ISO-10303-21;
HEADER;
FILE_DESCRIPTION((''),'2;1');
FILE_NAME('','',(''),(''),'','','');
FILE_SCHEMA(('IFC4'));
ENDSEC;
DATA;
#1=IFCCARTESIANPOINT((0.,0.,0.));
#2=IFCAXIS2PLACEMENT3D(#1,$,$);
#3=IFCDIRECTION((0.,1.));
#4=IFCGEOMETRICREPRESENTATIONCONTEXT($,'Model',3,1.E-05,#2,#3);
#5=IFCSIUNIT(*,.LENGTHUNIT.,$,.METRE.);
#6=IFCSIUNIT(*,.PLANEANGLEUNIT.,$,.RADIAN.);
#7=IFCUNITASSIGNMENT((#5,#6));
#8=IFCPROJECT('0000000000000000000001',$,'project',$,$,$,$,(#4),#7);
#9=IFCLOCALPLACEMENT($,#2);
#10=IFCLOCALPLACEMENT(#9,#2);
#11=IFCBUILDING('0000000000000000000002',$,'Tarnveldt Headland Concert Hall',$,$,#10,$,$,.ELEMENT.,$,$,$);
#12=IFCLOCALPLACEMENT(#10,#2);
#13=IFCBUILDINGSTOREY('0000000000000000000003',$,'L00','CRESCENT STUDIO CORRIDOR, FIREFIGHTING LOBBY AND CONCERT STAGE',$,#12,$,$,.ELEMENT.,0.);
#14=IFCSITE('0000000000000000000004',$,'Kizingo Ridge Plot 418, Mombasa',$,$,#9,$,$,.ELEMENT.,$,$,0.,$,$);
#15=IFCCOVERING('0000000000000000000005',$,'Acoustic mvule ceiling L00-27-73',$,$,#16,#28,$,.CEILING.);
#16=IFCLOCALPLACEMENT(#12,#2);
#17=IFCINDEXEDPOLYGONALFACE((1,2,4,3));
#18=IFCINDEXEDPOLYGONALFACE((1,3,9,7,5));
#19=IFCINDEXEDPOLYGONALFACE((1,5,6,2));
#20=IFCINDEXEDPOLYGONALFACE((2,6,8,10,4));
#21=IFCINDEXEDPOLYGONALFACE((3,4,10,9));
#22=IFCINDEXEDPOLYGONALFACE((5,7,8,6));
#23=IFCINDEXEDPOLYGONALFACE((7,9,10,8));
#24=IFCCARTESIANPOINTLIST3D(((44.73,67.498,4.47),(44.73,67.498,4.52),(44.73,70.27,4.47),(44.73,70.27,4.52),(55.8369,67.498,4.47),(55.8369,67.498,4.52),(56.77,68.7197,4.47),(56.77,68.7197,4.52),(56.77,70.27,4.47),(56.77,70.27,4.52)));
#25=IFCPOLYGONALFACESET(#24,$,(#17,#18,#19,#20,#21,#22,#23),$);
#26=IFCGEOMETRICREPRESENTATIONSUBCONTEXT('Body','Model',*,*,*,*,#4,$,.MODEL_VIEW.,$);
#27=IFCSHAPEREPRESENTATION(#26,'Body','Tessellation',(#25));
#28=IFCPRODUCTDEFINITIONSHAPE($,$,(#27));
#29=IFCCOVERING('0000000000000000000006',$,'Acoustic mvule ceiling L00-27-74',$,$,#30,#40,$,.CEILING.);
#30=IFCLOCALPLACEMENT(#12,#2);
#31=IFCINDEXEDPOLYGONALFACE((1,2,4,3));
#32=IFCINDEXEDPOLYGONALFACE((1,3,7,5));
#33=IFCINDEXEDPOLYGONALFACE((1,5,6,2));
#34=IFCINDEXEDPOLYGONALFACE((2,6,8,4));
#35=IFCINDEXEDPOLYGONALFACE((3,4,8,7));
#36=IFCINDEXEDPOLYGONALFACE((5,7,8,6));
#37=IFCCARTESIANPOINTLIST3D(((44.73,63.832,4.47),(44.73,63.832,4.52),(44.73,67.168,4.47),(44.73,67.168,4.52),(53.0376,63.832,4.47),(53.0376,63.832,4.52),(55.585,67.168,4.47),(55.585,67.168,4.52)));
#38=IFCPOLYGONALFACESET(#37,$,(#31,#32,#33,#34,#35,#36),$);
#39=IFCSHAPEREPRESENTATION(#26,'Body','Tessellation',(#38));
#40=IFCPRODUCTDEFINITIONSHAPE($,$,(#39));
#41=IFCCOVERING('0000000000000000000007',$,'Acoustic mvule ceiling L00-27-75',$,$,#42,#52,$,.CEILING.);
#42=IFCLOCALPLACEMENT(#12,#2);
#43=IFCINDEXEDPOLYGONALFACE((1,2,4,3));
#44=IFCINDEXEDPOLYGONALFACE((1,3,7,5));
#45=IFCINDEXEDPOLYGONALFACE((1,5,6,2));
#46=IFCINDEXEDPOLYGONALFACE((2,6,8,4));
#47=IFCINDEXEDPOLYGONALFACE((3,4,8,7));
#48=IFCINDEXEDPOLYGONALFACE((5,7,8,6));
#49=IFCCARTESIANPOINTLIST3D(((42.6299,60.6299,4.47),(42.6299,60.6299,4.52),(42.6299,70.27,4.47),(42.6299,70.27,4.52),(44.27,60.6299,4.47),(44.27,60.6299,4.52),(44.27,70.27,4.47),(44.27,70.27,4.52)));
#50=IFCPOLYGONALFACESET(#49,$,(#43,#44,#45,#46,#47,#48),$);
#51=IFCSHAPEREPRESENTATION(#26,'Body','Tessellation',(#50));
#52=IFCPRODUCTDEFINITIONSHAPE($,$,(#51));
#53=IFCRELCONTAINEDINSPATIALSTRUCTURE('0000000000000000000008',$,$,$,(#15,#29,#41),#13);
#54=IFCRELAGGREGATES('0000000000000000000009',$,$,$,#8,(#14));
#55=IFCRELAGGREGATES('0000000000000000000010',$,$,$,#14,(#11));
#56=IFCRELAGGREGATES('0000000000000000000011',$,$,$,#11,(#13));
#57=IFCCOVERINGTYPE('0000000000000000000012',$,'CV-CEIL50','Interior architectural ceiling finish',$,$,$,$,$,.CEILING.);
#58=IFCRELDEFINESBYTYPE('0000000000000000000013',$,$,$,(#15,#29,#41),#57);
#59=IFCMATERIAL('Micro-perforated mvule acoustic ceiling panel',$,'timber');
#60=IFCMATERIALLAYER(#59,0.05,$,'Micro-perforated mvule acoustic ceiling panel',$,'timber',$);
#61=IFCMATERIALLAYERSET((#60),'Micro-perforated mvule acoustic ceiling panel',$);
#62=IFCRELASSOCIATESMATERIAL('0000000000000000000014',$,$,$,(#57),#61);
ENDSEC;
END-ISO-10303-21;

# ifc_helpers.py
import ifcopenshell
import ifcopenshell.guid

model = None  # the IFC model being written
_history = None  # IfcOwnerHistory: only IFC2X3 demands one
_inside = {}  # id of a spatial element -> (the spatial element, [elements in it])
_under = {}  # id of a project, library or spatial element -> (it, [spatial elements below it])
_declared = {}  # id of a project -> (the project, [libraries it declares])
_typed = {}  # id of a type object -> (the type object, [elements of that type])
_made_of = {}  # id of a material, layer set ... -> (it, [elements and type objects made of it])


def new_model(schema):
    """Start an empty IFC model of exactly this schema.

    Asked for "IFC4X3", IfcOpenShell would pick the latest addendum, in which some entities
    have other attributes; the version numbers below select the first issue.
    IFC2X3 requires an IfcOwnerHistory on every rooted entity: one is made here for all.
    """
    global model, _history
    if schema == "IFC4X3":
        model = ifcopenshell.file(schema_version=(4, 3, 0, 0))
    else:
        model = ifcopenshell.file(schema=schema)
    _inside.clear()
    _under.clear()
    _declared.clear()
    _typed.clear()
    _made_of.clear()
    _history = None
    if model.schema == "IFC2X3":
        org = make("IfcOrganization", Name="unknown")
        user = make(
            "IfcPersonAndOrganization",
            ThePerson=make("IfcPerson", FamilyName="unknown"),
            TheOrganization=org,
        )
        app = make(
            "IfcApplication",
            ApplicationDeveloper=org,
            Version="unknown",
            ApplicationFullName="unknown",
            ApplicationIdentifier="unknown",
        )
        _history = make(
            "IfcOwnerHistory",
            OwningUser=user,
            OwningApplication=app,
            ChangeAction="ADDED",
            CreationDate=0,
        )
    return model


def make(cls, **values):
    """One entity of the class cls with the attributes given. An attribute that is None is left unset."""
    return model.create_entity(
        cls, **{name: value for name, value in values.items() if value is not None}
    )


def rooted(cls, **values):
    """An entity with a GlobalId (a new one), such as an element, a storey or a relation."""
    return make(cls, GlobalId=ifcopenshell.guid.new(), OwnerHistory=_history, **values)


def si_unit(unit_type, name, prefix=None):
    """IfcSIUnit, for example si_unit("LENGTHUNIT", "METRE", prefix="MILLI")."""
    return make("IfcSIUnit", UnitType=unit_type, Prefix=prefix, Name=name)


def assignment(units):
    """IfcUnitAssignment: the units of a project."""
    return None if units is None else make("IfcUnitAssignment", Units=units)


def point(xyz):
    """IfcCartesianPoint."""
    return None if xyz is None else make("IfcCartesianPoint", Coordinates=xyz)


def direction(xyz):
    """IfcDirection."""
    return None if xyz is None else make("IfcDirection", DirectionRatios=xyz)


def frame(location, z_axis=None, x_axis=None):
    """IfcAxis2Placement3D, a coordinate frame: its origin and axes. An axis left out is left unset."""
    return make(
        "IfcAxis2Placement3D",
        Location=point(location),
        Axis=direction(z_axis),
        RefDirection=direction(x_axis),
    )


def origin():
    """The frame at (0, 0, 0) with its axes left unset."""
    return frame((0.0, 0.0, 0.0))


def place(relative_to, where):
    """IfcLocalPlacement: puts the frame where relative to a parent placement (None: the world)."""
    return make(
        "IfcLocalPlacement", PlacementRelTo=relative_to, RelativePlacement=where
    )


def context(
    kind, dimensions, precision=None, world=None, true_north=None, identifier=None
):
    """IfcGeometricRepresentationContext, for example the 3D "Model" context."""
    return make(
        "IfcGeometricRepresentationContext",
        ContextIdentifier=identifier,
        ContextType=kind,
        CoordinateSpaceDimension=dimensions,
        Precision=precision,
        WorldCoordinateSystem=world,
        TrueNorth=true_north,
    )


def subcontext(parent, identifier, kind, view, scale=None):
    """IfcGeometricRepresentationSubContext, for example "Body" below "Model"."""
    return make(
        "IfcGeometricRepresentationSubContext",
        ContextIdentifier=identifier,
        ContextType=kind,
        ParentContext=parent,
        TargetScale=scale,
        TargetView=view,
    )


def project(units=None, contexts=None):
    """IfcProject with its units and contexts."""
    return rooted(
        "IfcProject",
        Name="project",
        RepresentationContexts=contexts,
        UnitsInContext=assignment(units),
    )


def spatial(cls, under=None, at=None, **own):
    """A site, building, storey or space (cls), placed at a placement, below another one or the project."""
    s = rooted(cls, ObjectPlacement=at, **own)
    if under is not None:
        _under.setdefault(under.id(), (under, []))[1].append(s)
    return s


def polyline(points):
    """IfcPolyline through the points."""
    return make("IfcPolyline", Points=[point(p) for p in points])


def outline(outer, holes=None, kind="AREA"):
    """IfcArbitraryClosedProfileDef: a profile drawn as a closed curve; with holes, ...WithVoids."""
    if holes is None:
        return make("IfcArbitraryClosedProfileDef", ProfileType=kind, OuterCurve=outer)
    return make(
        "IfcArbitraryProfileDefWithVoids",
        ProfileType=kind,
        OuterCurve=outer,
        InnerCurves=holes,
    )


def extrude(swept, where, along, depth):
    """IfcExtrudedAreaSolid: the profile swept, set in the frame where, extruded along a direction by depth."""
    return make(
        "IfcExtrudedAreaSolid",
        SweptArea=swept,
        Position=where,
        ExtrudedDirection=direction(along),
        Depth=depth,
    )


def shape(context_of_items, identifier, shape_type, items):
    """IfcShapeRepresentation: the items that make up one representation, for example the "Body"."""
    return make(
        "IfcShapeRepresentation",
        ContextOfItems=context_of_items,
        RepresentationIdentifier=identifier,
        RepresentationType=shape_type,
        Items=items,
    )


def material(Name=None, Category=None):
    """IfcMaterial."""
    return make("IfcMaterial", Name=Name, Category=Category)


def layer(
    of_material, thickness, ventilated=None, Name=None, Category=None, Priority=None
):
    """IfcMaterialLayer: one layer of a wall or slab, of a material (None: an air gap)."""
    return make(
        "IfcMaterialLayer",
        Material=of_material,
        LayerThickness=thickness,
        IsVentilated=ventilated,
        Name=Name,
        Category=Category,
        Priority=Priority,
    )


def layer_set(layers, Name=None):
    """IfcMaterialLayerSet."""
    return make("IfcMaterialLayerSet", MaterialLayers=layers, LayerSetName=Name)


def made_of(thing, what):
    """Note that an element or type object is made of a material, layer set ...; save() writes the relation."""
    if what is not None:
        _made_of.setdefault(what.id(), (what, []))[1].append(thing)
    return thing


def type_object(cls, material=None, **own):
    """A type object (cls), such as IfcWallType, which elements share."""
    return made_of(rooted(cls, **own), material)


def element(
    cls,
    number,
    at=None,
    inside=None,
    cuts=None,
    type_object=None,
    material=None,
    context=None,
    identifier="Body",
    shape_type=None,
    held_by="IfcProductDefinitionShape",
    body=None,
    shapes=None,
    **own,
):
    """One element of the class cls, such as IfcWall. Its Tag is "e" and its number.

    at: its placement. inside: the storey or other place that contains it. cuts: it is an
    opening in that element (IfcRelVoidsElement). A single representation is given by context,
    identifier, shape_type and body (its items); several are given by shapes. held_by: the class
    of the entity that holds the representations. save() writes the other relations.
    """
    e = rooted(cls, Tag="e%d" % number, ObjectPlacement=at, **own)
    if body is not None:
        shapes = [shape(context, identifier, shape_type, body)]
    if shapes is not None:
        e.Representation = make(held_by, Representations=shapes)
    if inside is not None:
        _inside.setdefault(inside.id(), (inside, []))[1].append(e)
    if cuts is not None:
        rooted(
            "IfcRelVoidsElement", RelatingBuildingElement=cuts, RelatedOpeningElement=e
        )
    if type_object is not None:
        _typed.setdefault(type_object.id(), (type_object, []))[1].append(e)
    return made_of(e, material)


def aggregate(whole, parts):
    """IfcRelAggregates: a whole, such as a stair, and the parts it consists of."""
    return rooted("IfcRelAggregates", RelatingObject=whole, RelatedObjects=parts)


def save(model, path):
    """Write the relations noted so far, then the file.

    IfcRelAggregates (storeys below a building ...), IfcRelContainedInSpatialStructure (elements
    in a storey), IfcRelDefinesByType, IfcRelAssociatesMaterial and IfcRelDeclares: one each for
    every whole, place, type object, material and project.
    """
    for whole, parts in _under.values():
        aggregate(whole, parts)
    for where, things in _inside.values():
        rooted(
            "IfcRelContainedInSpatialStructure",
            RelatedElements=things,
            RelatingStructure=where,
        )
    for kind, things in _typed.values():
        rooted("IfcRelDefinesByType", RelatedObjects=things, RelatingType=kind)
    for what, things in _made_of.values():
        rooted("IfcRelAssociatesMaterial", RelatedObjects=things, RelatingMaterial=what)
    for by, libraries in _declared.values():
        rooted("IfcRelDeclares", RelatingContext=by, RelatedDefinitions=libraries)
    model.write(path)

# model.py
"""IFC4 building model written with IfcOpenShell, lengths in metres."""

from ifc_helpers import new_model, si_unit, direction, frame, origin, place, context, subcontext, project, spatial, polyline, outline, extrude, material, layer, layer_set, type_object, element, save


model = new_model("IFC4")

# Units and contexts
model_context = context("Model", 3, precision=1e-05, world=origin(), true_north=direction((0.0, 1.0)))
body_context = subcontext(model_context, "Body", "Model", "MODEL_VIEW")
ifc_project = project(units=[si_unit("LENGTHUNIT", "METRE"), si_unit("PLANEANGLEUNIT", "RADIAN")], contexts=[model_context])

# Site, building, storey
site_placement = place(None, origin())
site = spatial("IfcSite", under=ifc_project, at=site_placement, Name="Kizingo Ridge Plot 418, Mombasa", CompositionType="ELEMENT", RefElevation=0.0)
building_placement = place(site_placement, origin())
building = spatial("IfcBuilding", under=site, at=building_placement, Name="Tarnveldt Headland Concert Hall", CompositionType="ELEMENT")
storey_placement = place(building_placement, origin())
storey = spatial("IfcBuildingStorey", under=building, at=storey_placement, Name="L00", Description="CRESCENT STUDIO CORRIDOR, FIREFIGHTING LOBBY AND CONCERT STAGE", CompositionType="ELEMENT", Elevation=0.0)

# Coverings
ifc_material_1 = material(Name="Micro-perforated mvule acoustic ceiling panel", Category="timber")
ifc_layer_1 = layer(ifc_material_1, 0.05, Name="Micro-perforated mvule acoustic ceiling panel", Category="timber")
ifc_layer_set_1 = layer_set([ifc_layer_1], Name="Micro-perforated mvule acoustic ceiling panel")
covering_type = type_object("IfcCoveringType", Name="CV-CEIL50", Description="Interior architectural ceiling finish", PredefinedType="CEILING", material=ifc_layer_set_1)
covering_1_placement = place(storey_placement, frame((0.0, 0.0, 4.47)))
element("IfcCovering", 1, at=covering_1_placement, inside=storey, type_object=covering_type, Name="Acoustic mvule ceiling L00-27-73", PredefinedType="CEILING", context=body_context, shape_type="SweptSolid", body=[
    extrude(outline(polyline([(55.8369, 67.498), (44.73, 67.498), (44.73, 70.27), (56.77, 70.27), (56.77, 68.7197), (55.8369, 67.498)])), origin(), (0.0, 0.0, 1.0), 0.05),
])
covering_2_placement = place(storey_placement, frame((0.0, 0.0, 4.47)))
element("IfcCovering", 2, at=covering_2_placement, inside=storey, type_object=covering_type, Name="Acoustic mvule ceiling L00-27-74", PredefinedType="CEILING", context=body_context, shape_type="SweptSolid", body=[
    extrude(outline(polyline([(44.73, 67.168), (55.585, 67.168), (53.0376, 63.832), (44.73, 63.832), (44.73, 67.168)])), origin(), (0.0, 0.0, 1.0), 0.05),
])
covering_3_placement = place(storey_placement, frame((0.0, 0.0, 4.47)))
element("IfcCovering", 3, at=covering_3_placement, inside=storey, type_object=covering_type, Name="Acoustic mvule ceiling L00-27-75", PredefinedType="CEILING", context=body_context, shape_type="SweptSolid", body=[
    extrude(outline(polyline([(42.6299, 60.6299), (42.6299, 70.27), (44.27, 70.27), (44.27, 60.6299), (42.6299, 60.6299)])), origin(), (0.0, 0.0, 1.0), 0.05),
])

save(model, "model.ifc")
